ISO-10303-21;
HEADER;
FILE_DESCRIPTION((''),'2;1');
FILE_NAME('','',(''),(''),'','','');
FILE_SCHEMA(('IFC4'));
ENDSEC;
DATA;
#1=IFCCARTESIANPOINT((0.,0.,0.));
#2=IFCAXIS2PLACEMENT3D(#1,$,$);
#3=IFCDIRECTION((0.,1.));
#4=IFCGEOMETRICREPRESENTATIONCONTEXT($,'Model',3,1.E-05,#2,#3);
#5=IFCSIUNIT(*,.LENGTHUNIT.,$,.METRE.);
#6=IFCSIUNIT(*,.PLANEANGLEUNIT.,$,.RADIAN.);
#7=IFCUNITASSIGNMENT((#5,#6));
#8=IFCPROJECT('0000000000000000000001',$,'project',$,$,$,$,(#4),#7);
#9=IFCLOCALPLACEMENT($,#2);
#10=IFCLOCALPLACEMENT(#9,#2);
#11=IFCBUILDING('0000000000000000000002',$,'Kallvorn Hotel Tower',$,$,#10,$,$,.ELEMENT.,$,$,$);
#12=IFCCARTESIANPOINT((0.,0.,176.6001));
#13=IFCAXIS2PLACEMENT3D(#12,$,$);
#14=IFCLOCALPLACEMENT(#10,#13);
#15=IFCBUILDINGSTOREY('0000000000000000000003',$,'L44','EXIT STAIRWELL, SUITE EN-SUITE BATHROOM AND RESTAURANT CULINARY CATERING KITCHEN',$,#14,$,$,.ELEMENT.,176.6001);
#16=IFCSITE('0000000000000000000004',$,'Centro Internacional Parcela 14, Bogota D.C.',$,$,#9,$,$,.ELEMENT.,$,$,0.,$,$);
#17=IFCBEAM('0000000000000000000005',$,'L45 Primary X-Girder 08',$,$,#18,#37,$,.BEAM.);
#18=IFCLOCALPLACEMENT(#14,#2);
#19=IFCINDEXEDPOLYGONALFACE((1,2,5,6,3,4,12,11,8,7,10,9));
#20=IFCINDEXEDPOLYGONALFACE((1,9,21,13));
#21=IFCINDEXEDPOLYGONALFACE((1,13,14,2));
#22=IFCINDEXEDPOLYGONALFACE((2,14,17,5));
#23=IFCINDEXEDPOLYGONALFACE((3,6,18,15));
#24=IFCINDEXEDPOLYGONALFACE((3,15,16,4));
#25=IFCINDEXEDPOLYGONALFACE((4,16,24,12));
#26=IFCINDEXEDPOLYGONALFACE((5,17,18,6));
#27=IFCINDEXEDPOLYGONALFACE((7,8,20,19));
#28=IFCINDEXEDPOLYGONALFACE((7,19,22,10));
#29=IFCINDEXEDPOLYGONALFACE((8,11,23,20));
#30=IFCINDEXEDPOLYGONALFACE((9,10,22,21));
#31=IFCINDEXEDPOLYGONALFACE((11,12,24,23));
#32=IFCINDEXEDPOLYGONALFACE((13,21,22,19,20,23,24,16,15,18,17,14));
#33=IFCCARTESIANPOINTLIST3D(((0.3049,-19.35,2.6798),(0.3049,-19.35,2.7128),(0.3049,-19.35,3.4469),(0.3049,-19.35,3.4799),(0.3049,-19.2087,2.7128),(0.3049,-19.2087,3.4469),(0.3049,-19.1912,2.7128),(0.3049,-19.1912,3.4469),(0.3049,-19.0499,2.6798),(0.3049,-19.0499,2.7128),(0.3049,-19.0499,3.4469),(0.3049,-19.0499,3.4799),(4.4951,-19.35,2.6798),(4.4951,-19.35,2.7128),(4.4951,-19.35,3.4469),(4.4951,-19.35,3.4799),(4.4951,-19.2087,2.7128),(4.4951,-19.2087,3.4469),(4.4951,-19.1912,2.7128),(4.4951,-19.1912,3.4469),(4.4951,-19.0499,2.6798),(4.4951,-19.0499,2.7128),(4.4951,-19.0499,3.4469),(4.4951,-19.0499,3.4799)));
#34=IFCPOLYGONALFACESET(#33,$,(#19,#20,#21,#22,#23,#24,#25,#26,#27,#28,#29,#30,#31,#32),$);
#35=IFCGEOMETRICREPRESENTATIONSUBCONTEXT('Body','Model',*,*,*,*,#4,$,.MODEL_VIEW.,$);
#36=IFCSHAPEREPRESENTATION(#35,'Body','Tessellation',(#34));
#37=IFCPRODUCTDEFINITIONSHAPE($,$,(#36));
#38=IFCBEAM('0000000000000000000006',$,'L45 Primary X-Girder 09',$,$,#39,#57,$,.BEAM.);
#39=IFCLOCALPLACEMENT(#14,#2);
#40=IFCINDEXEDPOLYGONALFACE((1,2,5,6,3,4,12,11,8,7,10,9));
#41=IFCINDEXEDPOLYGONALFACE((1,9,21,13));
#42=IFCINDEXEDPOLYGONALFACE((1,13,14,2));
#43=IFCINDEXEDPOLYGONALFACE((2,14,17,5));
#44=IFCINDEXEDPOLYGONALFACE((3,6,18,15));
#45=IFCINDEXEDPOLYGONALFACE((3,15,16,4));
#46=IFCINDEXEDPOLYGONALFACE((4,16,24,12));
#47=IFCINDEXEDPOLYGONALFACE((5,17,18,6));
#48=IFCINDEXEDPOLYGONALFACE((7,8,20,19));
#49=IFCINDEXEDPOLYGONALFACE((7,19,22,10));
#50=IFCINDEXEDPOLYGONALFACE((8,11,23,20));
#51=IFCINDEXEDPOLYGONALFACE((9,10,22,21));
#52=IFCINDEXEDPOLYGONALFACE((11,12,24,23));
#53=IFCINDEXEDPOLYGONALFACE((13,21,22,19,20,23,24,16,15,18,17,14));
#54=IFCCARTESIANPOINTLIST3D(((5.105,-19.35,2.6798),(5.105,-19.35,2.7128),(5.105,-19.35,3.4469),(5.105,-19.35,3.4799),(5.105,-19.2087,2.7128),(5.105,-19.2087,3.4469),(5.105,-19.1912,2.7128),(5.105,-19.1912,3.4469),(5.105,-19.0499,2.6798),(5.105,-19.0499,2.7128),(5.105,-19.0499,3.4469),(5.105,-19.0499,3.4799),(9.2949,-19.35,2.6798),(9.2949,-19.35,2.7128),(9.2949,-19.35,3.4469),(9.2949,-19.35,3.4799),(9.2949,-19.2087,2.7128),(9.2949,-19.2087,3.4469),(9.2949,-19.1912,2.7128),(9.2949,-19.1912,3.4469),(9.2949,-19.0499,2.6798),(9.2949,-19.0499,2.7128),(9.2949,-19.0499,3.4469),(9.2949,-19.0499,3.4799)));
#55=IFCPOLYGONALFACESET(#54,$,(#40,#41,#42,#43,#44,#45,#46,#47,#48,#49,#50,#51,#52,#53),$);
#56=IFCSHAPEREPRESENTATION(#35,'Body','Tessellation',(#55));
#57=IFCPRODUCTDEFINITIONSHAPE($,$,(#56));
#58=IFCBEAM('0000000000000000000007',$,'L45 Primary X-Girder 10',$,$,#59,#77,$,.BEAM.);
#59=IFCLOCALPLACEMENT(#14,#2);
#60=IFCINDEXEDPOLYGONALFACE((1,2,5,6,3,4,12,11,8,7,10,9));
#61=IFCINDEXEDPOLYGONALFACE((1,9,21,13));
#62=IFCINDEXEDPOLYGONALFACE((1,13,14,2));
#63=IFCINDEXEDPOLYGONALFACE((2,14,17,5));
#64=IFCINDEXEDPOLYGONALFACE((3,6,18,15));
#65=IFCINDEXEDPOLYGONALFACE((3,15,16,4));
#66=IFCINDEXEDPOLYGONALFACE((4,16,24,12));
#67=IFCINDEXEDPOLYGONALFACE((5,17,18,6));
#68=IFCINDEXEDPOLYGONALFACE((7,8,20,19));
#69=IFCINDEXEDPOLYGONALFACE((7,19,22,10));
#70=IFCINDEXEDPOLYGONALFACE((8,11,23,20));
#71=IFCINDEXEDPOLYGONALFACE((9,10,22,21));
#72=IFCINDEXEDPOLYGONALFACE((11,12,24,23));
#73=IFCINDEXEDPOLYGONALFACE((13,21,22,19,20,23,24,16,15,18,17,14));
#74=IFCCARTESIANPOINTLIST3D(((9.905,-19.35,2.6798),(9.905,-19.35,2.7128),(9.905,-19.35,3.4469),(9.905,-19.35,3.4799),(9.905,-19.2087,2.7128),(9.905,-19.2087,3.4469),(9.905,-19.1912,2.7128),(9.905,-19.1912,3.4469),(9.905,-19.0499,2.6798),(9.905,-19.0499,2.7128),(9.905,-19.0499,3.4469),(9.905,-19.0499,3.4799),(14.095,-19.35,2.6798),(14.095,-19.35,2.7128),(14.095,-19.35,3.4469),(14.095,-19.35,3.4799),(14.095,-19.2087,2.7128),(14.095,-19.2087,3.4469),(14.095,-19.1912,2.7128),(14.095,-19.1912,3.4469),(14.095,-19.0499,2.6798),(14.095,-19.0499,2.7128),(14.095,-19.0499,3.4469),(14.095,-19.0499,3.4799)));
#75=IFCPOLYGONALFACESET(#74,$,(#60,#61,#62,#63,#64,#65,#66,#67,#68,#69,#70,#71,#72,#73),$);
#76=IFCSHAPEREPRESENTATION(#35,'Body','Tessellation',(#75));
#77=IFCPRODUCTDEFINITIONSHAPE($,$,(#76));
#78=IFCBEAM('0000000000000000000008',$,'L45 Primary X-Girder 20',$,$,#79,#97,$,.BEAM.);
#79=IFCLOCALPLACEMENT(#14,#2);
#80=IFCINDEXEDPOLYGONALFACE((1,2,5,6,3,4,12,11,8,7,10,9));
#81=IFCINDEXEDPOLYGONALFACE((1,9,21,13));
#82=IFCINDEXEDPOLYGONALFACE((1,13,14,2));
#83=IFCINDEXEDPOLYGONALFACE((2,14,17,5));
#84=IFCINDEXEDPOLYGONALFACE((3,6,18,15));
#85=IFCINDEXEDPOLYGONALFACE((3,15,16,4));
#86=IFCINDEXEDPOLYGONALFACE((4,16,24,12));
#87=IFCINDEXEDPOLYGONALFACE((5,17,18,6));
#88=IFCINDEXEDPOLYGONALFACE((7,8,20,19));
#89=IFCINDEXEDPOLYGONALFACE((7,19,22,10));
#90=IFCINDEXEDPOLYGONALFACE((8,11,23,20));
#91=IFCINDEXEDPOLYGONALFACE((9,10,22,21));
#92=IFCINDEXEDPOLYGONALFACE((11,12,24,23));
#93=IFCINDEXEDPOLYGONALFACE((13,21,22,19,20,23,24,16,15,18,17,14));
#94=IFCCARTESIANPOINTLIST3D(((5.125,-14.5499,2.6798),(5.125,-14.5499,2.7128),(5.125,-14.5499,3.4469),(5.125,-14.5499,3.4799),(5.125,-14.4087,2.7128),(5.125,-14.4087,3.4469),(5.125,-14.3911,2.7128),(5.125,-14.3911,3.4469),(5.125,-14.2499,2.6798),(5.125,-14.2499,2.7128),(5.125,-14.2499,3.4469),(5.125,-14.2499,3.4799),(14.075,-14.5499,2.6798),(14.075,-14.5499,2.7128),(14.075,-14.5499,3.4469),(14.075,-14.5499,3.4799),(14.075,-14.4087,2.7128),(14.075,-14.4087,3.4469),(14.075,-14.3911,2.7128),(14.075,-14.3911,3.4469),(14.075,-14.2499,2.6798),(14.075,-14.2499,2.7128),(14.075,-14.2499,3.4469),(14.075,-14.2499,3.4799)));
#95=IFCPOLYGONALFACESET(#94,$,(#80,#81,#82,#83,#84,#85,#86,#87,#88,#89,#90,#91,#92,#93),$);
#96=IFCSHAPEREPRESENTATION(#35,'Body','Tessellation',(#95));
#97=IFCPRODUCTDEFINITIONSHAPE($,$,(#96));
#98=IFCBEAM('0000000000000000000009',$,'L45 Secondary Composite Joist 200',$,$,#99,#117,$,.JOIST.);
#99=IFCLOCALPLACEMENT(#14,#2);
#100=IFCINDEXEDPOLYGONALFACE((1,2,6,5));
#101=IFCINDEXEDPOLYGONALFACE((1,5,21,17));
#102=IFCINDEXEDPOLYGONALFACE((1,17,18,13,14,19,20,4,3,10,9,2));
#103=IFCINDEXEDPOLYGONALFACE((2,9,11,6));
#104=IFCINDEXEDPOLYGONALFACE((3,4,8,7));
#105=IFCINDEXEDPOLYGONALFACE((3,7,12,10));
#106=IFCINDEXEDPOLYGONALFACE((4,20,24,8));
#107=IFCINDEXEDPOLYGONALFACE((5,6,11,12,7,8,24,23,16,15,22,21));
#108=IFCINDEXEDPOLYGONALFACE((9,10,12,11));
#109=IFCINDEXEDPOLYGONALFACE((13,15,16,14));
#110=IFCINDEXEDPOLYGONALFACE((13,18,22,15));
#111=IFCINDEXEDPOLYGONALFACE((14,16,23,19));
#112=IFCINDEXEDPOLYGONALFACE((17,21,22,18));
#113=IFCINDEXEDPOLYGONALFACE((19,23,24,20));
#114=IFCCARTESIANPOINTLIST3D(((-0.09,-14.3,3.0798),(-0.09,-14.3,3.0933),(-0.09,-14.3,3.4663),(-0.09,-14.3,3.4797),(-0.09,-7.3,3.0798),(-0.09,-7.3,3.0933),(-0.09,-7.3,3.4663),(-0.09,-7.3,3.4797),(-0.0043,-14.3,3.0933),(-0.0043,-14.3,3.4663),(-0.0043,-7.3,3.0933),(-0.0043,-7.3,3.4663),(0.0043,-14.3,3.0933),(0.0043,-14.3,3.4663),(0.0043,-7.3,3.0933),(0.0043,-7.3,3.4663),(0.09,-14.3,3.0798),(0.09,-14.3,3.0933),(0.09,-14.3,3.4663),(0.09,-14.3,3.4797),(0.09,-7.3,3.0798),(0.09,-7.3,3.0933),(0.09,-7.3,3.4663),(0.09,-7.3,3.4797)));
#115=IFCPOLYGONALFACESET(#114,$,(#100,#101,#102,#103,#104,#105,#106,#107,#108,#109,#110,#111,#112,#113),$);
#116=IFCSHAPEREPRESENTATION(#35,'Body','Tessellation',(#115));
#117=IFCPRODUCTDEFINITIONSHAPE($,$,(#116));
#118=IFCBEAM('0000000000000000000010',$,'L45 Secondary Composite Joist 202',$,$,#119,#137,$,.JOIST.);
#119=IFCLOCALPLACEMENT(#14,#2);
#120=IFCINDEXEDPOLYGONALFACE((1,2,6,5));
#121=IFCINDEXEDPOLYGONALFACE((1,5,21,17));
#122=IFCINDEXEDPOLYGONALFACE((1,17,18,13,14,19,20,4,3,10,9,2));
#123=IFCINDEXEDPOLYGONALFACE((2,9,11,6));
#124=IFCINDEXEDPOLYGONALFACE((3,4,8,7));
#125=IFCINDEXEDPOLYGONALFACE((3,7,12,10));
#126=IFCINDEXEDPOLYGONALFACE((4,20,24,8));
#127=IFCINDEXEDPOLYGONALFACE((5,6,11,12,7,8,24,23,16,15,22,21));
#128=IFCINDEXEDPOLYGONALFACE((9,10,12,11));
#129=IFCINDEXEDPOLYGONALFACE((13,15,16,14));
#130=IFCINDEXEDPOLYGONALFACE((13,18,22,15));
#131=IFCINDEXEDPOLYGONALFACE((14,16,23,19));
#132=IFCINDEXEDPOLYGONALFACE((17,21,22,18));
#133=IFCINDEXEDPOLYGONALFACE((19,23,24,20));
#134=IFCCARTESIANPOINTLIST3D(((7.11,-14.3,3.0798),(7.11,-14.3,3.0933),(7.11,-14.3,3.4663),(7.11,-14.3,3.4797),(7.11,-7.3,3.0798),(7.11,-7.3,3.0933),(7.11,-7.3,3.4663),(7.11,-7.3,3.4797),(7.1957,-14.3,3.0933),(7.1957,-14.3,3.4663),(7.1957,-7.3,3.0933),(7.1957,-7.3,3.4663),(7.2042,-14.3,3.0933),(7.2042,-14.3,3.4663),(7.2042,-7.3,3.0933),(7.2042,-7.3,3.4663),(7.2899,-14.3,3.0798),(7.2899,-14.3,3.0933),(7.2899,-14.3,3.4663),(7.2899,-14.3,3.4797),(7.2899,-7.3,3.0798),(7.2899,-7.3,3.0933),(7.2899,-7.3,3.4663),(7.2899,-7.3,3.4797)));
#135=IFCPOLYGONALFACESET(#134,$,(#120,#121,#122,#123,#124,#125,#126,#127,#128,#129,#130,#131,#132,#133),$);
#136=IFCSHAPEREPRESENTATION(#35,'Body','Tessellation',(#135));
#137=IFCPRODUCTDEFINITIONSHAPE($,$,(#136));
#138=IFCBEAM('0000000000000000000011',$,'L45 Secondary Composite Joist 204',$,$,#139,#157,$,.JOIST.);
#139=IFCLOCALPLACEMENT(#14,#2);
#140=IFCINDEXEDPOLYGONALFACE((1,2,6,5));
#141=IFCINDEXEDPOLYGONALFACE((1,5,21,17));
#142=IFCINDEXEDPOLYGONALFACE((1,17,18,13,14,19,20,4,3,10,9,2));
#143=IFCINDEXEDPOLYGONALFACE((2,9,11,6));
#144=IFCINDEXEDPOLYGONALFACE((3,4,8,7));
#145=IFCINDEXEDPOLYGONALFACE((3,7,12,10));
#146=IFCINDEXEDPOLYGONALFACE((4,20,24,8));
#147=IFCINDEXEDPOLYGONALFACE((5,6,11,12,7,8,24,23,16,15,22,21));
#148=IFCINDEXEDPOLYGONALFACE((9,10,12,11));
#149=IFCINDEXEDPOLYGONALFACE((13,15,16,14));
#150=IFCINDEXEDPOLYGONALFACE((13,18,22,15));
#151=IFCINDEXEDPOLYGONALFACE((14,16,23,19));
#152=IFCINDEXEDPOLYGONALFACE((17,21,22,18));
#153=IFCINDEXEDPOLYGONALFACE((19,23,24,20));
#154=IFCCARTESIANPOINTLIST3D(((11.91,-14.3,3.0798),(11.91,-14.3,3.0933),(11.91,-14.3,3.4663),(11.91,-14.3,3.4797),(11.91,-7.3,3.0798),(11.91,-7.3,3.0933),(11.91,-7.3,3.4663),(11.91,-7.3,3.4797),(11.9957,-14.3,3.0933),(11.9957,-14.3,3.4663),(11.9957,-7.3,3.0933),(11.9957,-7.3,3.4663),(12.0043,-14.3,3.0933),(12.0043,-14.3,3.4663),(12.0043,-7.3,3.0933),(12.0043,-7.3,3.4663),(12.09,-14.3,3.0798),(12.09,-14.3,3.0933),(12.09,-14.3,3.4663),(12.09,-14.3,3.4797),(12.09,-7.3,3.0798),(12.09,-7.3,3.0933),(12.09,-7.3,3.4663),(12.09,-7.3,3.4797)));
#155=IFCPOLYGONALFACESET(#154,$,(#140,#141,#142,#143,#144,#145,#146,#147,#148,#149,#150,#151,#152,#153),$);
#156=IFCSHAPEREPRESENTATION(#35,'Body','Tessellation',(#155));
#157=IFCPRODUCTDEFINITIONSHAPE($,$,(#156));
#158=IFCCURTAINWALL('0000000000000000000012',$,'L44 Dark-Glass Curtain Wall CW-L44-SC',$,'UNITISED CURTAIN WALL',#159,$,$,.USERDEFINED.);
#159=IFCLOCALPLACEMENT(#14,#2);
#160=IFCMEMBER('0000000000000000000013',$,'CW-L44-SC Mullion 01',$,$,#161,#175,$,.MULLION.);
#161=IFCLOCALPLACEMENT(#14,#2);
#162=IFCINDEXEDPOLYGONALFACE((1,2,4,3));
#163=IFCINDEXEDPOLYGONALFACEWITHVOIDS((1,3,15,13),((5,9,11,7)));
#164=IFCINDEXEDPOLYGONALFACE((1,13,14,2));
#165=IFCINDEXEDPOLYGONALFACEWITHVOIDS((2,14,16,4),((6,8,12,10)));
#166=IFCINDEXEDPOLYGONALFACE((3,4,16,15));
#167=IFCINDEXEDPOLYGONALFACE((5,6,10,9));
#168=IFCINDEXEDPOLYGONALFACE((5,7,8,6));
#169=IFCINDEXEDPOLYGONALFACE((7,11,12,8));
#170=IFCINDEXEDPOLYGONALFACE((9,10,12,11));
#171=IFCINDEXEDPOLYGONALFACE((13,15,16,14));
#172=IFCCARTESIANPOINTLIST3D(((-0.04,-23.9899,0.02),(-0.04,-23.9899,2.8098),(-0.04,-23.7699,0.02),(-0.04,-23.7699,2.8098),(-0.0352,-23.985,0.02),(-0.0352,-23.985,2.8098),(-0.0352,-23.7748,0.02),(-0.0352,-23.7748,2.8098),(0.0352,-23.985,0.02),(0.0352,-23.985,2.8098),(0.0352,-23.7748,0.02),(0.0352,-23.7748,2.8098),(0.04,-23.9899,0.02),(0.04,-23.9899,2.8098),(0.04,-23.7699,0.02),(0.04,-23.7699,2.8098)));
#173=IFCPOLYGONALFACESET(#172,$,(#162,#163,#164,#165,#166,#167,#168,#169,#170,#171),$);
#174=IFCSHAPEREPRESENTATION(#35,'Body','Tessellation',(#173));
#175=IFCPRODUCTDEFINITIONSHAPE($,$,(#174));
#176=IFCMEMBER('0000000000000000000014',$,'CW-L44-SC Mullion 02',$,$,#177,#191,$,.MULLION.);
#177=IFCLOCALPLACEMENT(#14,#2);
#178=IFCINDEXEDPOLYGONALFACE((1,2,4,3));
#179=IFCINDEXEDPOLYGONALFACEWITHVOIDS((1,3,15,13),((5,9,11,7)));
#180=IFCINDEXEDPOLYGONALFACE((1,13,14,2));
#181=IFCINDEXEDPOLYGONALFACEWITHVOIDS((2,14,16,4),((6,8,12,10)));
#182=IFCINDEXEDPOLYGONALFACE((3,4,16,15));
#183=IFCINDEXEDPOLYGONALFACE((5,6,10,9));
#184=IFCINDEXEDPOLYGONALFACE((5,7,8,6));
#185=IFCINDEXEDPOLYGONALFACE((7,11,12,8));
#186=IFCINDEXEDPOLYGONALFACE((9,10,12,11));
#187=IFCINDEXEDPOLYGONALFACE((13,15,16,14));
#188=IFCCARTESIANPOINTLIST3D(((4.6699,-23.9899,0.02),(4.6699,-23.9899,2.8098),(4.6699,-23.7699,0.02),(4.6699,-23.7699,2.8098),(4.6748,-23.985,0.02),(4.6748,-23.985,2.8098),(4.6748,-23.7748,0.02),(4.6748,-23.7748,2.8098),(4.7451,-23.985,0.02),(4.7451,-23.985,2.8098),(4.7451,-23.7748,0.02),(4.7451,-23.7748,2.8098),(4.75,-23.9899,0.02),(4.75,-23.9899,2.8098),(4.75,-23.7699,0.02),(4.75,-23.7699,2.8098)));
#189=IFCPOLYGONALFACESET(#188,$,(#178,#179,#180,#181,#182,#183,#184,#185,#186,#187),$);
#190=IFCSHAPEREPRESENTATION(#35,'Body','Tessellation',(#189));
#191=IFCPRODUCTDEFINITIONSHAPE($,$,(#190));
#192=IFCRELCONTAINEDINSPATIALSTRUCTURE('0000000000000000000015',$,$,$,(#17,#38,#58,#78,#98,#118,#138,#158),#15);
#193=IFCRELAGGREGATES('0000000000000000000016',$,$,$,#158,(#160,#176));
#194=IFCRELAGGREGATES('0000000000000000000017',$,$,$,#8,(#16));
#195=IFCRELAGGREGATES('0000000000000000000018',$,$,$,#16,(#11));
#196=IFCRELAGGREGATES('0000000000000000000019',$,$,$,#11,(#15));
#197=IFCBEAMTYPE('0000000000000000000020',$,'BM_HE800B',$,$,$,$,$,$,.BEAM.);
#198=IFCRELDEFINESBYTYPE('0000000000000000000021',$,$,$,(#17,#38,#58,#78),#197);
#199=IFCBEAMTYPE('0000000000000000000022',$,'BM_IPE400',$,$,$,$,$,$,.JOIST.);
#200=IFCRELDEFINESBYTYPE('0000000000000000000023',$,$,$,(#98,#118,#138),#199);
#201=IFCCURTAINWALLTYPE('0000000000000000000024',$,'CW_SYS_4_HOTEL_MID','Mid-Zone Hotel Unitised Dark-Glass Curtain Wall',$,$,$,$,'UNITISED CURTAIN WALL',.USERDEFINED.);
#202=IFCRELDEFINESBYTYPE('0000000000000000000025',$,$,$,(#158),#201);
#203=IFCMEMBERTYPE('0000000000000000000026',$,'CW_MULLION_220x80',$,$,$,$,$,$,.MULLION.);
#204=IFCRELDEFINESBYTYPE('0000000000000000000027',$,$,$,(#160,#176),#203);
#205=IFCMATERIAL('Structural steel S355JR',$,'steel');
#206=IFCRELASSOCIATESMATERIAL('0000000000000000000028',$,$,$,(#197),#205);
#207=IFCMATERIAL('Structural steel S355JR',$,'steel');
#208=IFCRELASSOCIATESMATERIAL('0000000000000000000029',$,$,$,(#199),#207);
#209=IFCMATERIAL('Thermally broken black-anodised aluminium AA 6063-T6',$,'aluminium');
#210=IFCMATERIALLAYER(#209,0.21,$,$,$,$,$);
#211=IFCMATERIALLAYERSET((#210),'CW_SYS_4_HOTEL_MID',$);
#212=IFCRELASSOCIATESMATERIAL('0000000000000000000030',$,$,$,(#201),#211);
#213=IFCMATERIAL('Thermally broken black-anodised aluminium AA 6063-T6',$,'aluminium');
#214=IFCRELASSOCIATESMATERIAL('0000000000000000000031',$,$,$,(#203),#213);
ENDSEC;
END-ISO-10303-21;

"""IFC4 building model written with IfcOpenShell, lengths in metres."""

from ifc_helpers import new_model, si_unit, direction, frame, origin, origin_2d, place, context, subcontext, project, spatial, hollow_rectangle, i_section, extrude, material, layer, layer_set, material_profile, profile_set, type_object, element, aggregate, save


model = new_model("IFC4")

# Units and contexts
model_context = context("Model", 3, precision=1e-05, world=origin(), true_north=direction((0.0, 1.0)))
body_context = subcontext(model_context, "Body", "Model", "MODEL_VIEW")
ifc_project = project(units=[si_unit("LENGTHUNIT", "METRE"), si_unit("PLANEANGLEUNIT", "RADIAN")], contexts=[model_context])

# Site, building, storey
site_placement = place(None, origin())
site = spatial("IfcSite", under=ifc_project, at=site_placement, Name="Centro Internacional Parcela 14, Bogota D.C.", CompositionType="ELEMENT", RefElevation=0.0)
building_placement = place(site_placement, origin())
building = spatial("IfcBuilding", under=site, at=building_placement, Name="Kallvorn Hotel Tower", CompositionType="ELEMENT")
storey_placement = place(building_placement, frame((0.0, 0.0, 176.6001)))
storey = spatial("IfcBuildingStorey", under=building, at=storey_placement, Name="L44", Description="EXIT STAIRWELL, SUITE EN-SUITE BATHROOM AND RESTAURANT CULINARY CATERING KITCHEN", CompositionType="ELEMENT", Elevation=176.6001)

# Beams
ifc_material_1 = material(Name="Structural steel S355JR", Category="steel")
ifc_material_profile_1 = material_profile(ifc_material_1, i_section(OverallWidth=0.3, OverallDepth=0.8, WebThickness=0.0176, FlangeThickness=0.033, at=origin_2d()), Name="HE 800 B")
ifc_profile_set_1 = profile_set([ifc_material_profile_1], Name="Structural steel S355JR")
beam_type_1 = type_object("IfcBeamType", Name="BM_HE800B", PredefinedType="BEAM", material=ifc_profile_set_1)
beam_1_placement = place(storey_placement, frame((0.3049, -19.2, 3.0798), z_axis=(1.0, 0.0, 0.0), x_axis=(0.0, 1.0, 0.0)))
element("IfcBeam", 1, at=beam_1_placement, inside=storey, type_object=beam_type_1, Name="L45 Primary X-Girder 08", PredefinedType="BEAM", context=body_context, shape_type="SweptSolid", body=[
    extrude(i_section(OverallWidth=0.3, OverallDepth=0.8, WebThickness=0.0176, FlangeThickness=0.033, at=origin_2d()), origin(), (0.0, 0.0, 1.0), 4.1902),
])
for number, where, z_axis, x_axis, name in (
    (2, (5.105, -19.2, 3.0798), (1.0, 0.0, 0.0), (0.0, 1.0, 0.0), "L45 Primary X-Girder 09"),
    (3, (9.905, -19.2, 3.0798), (1.0, 0.0, 0.0), (0.0, 1.0, 0.0), "L45 Primary X-Girder 10"),
):
    element("IfcBeam", number, at=place(storey_placement, frame(where, z_axis=z_axis, x_axis=x_axis)), inside=storey, type_object=beam_type_1, Name=name, PredefinedType="BEAM", context=body_context, shape_type="SweptSolid", body=[
        extrude(i_section(OverallWidth=0.3, OverallDepth=0.8, WebThickness=0.0176, FlangeThickness=0.033, at=origin_2d()), origin(), (0.0, 0.0, 1.0), 4.1899),
    ])
beam_2_placement = place(storey_placement, frame((5.125, -14.3999, 3.0798), z_axis=(1.0, 0.0, 0.0), x_axis=(0.0, 1.0, 0.0)))
element("IfcBeam", 4, at=beam_2_placement, inside=storey, type_object=beam_type_1, Name="L45 Primary X-Girder 20", PredefinedType="BEAM", context=body_context, shape_type="SweptSolid", body=[
    extrude(i_section(OverallWidth=0.3, OverallDepth=0.8, WebThickness=0.0176, FlangeThickness=0.033, at=origin_2d()), origin(), (0.0, 0.0, 1.0), 8.95),
])
ifc_material_2 = material(Name="Structural steel S355JR", Category="steel")
ifc_material_profile_2 = material_profile(ifc_material_2, i_section(OverallWidth=0.1799, OverallDepth=0.3999, WebThickness=0.0085, FlangeThickness=0.0134, at=origin_2d()), Name="IPE 400")
ifc_profile_set_2 = profile_set([ifc_material_profile_2], Name="Structural steel S355JR")
beam_type_2 = type_object("IfcBeamType", Name="BM_IPE400", PredefinedType="JOIST", material=ifc_profile_set_2)
for number, where, z_axis, x_axis, name in (
    (5, (0.0, -14.3, 3.2798), (0.0, 1.0, 0.0), (-1.0, 0.0, 0.0), "L45 Secondary Composite Joist 200"),
    (6, (7.2, -14.3, 3.2798), (0.0, 1.0, 0.0), (-1.0, 0.0, 0.0), "L45 Secondary Composite Joist 202"),
    (7, (12.0, -14.3, 3.2798), (0.0, 1.0, 0.0), (-1.0, 0.0, 0.0), "L45 Secondary Composite Joist 204"),
):
    element("IfcBeam", number, at=place(storey_placement, frame(where, z_axis=z_axis, x_axis=x_axis)), inside=storey, type_object=beam_type_2, Name=name, PredefinedType="JOIST", context=body_context, shape_type="SweptSolid", body=[
        extrude(i_section(OverallWidth=0.1799, OverallDepth=0.3999, WebThickness=0.0085, FlangeThickness=0.0134, at=origin_2d()), origin(), (0.0, 0.0, 1.0), 7.0),
    ])

# Curtain wall, members
ifc_material_3 = material(Name="Thermally broken black-anodised aluminium AA 6063-T6", Category="aluminium")
ifc_layer_1 = layer(ifc_material_3, 0.21)
ifc_layer_set_1 = layer_set([ifc_layer_1], Name="CW_SYS_4_HOTEL_MID")
curtain_wall_type = type_object("IfcCurtainWallType", Name="CW_SYS_4_HOTEL_MID", Description="Mid-Zone Hotel Unitised Dark-Glass Curtain Wall", ElementType="UNITISED CURTAIN WALL", PredefinedType="USERDEFINED", material=ifc_layer_set_1)
curtain_wall_placement = place(storey_placement, origin())
curtain_wall = element("IfcCurtainWall", 8, at=curtain_wall_placement, inside=storey, type_object=curtain_wall_type, Name="L44 Dark-Glass Curtain Wall CW-L44-SC", ObjectType="UNITISED CURTAIN WALL", PredefinedType="USERDEFINED")
ifc_material_4 = material(Name="Thermally broken black-anodised aluminium AA 6063-T6", Category="aluminium")
ifc_material_profile_3 = material_profile(ifc_material_4, hollow_rectangle(XDim=0.0801, YDim=0.22, WallThickness=0.0049, at=origin_2d()), Name="MUL 220x80")
ifc_profile_set_3 = profile_set([ifc_material_profile_3], Name="Thermally broken black-anodised aluminium AA 6063-T6")
member_type_1 = type_object("IfcMemberType", Name="CW_MULLION_220x80", PredefinedType="MULLION", material=ifc_profile_set_3)
member_1_placement = place(storey_placement, frame((0.0, -23.8799, 0.02), z_axis=(0.0, 0.0, 1.0), x_axis=(1.0, 0.0, 0.0)))
member_1 = element("IfcMember", 9, at=member_1_placement, type_object=member_type_1, Name="CW-L44-SC Mullion 01", PredefinedType="MULLION", context=body_context, shape_type="SweptSolid", body=[
    extrude(hollow_rectangle(XDim=0.0801, YDim=0.22, WallThickness=0.0049, at=origin_2d()), origin(), (0.0, 0.0, 1.0), 2.7898),
])
member_2_placement = place(storey_placement, frame((4.71, -23.8799, 0.02), z_axis=(0.0, 0.0, 1.0), x_axis=(1.0, 0.0, 0.0)))
member_2 = element("IfcMember", 10, at=member_2_placement, type_object=member_type_1, Name="CW-L44-SC Mullion 02", PredefinedType="MULLION", context=body_context, shape_type="SweptSolid", body=[
    extrude(hollow_rectangle(XDim=0.0801, YDim=0.22, WallThickness=0.0049, at=origin_2d()), origin(), (0.0, 0.0, 1.0), 2.7898),
])
aggregate(curtain_wall, [member_1, member_2])

save(model, "model.ifc")
